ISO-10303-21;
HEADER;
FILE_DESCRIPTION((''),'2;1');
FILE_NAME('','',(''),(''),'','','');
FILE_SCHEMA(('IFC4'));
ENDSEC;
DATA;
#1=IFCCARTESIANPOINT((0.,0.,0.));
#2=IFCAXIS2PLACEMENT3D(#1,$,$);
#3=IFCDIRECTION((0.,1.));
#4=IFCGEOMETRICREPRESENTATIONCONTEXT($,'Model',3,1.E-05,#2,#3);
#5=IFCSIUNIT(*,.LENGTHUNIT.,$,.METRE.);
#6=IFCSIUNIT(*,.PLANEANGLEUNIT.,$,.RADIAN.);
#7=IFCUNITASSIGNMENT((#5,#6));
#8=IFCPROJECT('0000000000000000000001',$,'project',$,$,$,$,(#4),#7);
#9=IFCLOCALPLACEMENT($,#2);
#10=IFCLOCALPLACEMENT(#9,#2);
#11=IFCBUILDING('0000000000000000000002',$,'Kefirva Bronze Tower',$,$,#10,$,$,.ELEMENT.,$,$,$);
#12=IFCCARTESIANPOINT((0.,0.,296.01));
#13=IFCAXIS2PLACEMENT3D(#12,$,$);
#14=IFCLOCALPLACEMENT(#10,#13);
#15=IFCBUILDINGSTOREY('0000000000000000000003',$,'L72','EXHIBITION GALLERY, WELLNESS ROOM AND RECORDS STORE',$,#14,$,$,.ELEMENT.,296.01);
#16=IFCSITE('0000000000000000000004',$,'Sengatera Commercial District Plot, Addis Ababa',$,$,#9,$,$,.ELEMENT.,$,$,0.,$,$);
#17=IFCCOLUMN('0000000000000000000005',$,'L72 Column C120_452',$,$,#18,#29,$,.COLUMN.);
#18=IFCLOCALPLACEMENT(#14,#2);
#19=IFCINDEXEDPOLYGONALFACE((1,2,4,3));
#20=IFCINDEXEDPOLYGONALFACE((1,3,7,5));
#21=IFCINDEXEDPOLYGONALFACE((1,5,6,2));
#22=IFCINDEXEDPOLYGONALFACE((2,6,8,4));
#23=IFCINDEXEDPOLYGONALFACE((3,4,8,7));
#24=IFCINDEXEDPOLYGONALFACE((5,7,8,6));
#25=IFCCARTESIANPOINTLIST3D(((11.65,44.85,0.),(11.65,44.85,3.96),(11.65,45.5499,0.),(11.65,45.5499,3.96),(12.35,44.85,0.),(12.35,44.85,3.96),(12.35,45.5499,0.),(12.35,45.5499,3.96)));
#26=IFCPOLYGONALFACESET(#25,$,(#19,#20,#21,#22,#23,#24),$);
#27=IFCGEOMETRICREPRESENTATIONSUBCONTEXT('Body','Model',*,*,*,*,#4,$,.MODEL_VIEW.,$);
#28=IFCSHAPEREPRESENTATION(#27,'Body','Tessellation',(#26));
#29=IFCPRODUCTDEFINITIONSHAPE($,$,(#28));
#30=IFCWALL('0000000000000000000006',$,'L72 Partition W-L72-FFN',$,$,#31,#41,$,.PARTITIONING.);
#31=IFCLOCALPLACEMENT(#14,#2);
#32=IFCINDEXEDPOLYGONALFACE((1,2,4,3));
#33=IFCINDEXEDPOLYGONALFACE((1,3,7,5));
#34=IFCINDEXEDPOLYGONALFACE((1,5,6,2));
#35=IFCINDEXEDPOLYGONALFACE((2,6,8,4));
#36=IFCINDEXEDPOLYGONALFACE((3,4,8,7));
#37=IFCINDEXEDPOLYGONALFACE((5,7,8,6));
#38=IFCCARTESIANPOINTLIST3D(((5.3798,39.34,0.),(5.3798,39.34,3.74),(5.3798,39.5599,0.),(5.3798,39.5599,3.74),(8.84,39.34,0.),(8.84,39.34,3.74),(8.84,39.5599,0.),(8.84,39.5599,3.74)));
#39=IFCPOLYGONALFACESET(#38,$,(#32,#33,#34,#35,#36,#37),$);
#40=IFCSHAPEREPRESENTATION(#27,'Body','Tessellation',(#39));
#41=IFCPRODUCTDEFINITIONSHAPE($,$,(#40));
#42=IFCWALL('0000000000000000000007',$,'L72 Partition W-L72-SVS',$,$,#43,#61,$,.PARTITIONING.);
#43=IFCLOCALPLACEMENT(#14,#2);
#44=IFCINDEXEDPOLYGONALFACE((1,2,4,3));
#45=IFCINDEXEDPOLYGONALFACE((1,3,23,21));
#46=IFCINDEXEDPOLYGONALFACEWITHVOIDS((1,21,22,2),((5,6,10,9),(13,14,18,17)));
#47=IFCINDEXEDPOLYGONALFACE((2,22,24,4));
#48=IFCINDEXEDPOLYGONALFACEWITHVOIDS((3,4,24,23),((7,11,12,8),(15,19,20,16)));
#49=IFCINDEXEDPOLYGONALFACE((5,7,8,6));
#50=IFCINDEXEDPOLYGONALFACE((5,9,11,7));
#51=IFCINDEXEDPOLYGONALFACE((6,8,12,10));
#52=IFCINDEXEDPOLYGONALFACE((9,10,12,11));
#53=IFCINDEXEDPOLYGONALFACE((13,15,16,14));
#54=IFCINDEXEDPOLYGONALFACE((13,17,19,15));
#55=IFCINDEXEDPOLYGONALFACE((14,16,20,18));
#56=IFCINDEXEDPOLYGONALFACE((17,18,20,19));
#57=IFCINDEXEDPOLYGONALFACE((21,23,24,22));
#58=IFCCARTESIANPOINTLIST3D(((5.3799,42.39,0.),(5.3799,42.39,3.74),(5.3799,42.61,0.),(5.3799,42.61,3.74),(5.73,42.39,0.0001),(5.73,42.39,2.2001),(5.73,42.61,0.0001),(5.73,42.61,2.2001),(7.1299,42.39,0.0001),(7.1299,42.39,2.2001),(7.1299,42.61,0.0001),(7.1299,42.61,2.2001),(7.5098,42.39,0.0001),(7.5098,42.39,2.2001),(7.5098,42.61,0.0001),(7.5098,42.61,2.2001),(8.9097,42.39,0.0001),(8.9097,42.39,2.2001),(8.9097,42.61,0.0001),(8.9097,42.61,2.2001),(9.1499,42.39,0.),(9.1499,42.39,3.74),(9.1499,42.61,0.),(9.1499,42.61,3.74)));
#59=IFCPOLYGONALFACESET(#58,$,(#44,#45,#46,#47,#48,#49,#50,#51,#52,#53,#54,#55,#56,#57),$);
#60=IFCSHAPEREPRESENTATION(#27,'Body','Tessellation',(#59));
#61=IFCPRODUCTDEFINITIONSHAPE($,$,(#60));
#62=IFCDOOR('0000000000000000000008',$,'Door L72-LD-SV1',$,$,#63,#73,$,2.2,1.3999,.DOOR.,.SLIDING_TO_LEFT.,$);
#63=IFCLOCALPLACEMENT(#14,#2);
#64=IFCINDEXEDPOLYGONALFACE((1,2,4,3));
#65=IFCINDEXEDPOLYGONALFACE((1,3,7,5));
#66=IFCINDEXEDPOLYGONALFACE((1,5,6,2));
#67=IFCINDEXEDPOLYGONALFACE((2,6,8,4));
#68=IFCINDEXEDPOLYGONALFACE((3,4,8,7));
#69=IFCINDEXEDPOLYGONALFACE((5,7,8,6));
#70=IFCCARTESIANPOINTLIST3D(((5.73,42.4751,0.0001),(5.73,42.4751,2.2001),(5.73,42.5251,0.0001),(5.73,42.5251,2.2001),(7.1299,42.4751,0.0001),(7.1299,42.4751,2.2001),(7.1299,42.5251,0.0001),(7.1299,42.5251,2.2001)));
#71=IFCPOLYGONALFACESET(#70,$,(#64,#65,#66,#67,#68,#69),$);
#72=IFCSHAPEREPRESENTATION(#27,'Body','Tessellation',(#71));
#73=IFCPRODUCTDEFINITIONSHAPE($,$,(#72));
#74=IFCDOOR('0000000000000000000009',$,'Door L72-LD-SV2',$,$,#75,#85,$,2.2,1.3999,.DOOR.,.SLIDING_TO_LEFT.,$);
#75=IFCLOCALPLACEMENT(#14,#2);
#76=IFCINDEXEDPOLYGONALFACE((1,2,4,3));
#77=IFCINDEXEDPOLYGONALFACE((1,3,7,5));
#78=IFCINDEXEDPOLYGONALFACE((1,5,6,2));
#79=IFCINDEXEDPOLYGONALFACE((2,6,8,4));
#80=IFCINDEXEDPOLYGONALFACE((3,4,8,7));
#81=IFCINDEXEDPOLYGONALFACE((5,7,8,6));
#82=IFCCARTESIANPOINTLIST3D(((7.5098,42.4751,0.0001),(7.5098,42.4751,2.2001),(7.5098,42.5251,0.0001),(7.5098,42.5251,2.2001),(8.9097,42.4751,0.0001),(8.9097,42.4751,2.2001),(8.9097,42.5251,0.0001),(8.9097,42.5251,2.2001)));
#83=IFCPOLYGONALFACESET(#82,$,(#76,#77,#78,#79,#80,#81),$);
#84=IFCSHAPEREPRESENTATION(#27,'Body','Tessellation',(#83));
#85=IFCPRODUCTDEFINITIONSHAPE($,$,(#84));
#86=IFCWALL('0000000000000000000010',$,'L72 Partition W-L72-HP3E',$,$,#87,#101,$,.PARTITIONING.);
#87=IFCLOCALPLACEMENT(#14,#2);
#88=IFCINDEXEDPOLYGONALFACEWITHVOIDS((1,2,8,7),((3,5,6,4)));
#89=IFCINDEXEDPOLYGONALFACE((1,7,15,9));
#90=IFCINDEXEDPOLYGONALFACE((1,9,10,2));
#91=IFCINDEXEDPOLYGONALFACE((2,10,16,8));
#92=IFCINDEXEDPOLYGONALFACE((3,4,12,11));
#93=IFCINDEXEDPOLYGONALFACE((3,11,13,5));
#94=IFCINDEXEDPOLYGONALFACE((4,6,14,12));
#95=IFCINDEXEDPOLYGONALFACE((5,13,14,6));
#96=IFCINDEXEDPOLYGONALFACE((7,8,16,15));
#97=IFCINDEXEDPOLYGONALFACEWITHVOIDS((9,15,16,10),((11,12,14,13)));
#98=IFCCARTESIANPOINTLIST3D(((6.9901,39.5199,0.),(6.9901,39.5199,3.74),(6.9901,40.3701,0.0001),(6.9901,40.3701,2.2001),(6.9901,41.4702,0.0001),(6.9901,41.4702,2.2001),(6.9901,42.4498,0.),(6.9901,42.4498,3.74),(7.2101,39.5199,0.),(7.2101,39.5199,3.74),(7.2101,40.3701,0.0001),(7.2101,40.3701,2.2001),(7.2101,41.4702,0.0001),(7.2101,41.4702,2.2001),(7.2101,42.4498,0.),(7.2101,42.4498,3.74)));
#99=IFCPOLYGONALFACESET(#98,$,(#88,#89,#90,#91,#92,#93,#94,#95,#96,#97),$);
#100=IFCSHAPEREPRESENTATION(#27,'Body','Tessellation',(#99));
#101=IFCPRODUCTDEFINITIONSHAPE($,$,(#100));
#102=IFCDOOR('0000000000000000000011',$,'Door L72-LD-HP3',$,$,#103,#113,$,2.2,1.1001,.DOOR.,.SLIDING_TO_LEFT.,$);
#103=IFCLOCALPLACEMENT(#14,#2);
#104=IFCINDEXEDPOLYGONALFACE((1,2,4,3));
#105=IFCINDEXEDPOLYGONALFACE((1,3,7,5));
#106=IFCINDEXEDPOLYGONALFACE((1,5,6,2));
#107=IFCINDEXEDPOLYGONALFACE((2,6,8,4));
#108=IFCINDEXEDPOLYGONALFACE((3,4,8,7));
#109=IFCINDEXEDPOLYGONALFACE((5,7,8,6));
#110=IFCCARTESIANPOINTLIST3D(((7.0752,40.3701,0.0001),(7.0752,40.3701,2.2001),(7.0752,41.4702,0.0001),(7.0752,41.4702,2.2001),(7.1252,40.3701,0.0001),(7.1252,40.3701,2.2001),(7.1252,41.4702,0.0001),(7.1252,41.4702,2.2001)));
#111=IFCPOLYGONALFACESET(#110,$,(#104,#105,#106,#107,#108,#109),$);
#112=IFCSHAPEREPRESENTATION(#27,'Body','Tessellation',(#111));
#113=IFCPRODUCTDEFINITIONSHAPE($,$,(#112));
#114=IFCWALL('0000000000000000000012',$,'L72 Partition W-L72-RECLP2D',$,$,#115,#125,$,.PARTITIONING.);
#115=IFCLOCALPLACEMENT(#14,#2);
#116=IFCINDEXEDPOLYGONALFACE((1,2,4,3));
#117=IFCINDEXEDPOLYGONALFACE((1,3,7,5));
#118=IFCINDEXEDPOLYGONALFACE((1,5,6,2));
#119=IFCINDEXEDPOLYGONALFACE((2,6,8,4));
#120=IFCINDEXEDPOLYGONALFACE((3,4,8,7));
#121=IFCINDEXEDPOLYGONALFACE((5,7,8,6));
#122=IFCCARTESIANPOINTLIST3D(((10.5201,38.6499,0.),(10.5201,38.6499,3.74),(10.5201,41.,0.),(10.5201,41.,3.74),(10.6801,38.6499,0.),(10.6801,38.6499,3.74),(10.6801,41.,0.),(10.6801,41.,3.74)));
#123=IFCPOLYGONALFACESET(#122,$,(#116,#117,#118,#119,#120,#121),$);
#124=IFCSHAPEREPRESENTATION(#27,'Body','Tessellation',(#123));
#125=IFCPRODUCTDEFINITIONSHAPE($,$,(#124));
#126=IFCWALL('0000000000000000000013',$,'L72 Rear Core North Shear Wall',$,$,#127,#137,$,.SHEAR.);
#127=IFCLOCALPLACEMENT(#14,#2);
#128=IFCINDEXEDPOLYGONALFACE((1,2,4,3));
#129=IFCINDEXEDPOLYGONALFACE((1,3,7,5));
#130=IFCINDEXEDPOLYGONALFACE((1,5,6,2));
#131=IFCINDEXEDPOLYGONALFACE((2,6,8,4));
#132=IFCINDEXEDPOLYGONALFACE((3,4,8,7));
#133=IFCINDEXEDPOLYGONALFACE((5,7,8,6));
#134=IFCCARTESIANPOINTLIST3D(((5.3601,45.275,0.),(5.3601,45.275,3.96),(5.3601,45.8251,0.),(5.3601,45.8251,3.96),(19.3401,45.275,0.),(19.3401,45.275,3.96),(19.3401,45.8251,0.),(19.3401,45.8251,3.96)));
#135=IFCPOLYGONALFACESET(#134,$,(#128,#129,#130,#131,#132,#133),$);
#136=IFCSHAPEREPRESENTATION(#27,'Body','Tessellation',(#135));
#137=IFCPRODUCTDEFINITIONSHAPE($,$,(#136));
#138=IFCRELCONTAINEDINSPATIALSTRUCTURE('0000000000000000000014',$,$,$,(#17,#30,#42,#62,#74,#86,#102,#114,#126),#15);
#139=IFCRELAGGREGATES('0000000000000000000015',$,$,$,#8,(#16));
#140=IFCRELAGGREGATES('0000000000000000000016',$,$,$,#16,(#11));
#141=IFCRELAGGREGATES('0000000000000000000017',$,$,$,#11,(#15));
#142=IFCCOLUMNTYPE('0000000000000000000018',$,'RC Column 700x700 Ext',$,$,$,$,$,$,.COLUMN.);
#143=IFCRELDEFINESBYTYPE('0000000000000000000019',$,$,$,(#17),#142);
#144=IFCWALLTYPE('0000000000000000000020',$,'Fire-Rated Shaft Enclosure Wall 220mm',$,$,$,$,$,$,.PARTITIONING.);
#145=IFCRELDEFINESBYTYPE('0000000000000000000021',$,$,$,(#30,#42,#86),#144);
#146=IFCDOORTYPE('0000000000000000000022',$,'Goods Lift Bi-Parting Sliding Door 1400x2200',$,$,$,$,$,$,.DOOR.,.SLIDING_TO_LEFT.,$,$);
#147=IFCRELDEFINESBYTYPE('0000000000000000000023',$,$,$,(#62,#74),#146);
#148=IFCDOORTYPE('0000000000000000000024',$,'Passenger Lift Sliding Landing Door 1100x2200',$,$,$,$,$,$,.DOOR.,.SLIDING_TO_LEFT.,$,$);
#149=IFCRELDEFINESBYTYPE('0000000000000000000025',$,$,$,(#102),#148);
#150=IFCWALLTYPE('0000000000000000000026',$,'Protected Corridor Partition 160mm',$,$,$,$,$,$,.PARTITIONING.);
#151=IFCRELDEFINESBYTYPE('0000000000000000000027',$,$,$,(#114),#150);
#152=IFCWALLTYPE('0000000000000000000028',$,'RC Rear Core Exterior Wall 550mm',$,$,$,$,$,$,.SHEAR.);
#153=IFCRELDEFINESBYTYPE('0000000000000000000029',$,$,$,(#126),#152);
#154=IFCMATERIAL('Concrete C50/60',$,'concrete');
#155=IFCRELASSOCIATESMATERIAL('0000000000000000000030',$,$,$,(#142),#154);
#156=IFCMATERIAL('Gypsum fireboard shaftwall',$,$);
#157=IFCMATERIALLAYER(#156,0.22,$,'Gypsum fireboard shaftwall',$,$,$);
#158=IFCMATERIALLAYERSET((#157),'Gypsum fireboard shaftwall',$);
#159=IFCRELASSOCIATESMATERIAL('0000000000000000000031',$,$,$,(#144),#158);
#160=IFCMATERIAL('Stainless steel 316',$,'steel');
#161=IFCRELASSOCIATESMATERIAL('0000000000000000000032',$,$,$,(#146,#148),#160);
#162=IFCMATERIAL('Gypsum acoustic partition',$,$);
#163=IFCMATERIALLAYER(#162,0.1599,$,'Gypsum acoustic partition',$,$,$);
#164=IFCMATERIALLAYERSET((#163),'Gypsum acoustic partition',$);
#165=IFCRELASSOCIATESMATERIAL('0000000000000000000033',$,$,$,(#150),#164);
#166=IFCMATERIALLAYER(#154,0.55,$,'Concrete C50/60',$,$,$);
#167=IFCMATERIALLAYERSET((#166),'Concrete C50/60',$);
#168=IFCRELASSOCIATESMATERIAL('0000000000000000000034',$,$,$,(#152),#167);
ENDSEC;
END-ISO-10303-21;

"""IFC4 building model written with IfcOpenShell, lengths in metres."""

from ifc_helpers import new_model, si_unit, direction, frame, frame_2d, origin, origin_2d, place, context, subcontext, project, spatial, rectangle, extrude, material, layer, layer_set, material_profile, profile_set, type_object, element, fill, save


model = new_model("IFC4")

# Units and contexts
model_context = context("Model", 3, precision=1e-05, world=origin(), true_north=direction((0.0, 1.0)))
body_context = subcontext(model_context, "Body", "Model", "MODEL_VIEW")
ifc_project = project(units=[si_unit("LENGTHUNIT", "METRE"), si_unit("PLANEANGLEUNIT", "RADIAN")], contexts=[model_context])

# Site, building, storey
site_placement = place(None, origin())
site = spatial("IfcSite", under=ifc_project, at=site_placement, Name="Sengatera Commercial District Plot, Addis Ababa", CompositionType="ELEMENT", RefElevation=0.0)
building_placement = place(site_placement, origin())
building = spatial("IfcBuilding", under=site, at=building_placement, Name="Kefirva Bronze Tower", CompositionType="ELEMENT")
storey_placement = place(building_placement, frame((0.0, 0.0, 296.01)))
storey = spatial("IfcBuildingStorey", under=building, at=storey_placement, Name="L72", Description="EXHIBITION GALLERY, WELLNESS ROOM AND RECORDS STORE", CompositionType="ELEMENT", Elevation=296.01)

# Column
ifc_material_1 = material(Name="Concrete C50/60", Category="concrete")
ifc_material_profile = material_profile(ifc_material_1, rectangle(XDim=0.7, YDim=0.7, at=origin_2d()), Name="RC 700x700")
ifc_profile_set = profile_set([ifc_material_profile], Name="Concrete C50/60")
column_type = type_object("IfcColumnType", Name="RC Column 700x700 Ext", PredefinedType="COLUMN", material=ifc_profile_set)
column_placement = place(storey_placement, frame((12.0, 45.2, 0.0), z_axis=(0.0, 0.0, 1.0), x_axis=(1.0, 0.0, 0.0)))
element("IfcColumn", 1, at=column_placement, inside=storey, type_object=column_type, Name="L72 Column C120_452", PredefinedType="COLUMN", context=body_context, shape_type="SweptSolid", body=[
    extrude(rectangle(XDim=0.7, YDim=0.7, at=origin_2d()), origin(), (0.0, 0.0, 1.0), 3.96),
])

# Wall
ifc_material_2 = material(Name="Gypsum fireboard shaftwall")
ifc_layer_1 = layer(ifc_material_2, 0.22, Name="Gypsum fireboard shaftwall")
ifc_layer_set_1 = layer_set([ifc_layer_1], Name="Gypsum fireboard shaftwall")
wall_type_1 = type_object("IfcWallType", Name="Fire-Rated Shaft Enclosure Wall 220mm", PredefinedType="PARTITIONING", material=ifc_layer_set_1)
wall_1_placement = place(storey_placement, frame((5.3799, 39.45, 0.0), z_axis=(0.0, 0.0, 1.0), x_axis=(1.0, 0.0, 0.0)))
element("IfcWall", 2, at=wall_1_placement, inside=storey, type_object=wall_type_1, Name="L72 Partition W-L72-FFN", PredefinedType="PARTITIONING", context=body_context, shape_type="SweptSolid", body=[
    extrude(rectangle(XDim=3.4602, YDim=0.22, at=frame_2d((1.73, 0.0))), origin(), (0.0, 0.0, 1.0), 3.74),
])

# Wall, openings, doors
wall_2_placement = place(storey_placement, frame((5.3799, 42.5, 0.0), z_axis=(0.0, 0.0, 1.0), x_axis=(1.0, 0.0, 0.0)))
wall_2 = element("IfcWall", 3, at=wall_2_placement, inside=storey, type_object=wall_type_1, Name="L72 Partition W-L72-SVS", PredefinedType="PARTITIONING", context=body_context, shape_type="SweptSolid", body=[
    extrude(rectangle(XDim=3.77, YDim=0.22, at=frame_2d((1.885, 0.0))), origin(), (0.0, 0.0, 1.0), 3.74),
])
opening_1_placement = place(wall_2_placement, frame((1.75, 0.0, 0.0), z_axis=(0.0, 0.0, 1.0), x_axis=(-1.0, 0.0, 0.0)))
opening_1 = element("IfcOpeningElement", 4, at=opening_1_placement, cuts=wall_2, PredefinedType="OPENING", context=body_context, shape_type="SweptSolid", body=[
    extrude(rectangle(XDim=1.3999, YDim=2.2, at=frame_2d((0.7, 1.1001))), frame((0.0, 0.1201, 0.0), z_axis=(0.0, -1.0, 0.0), x_axis=(1.0, 0.0, 0.0)), (0.0, 0.0, 1.0), 0.24),
])
opening_2_placement = place(wall_2_placement, frame((3.5298, 0.0, 0.0), z_axis=(0.0, 0.0, 1.0), x_axis=(-1.0, 0.0, 0.0)))
opening_2 = element("IfcOpeningElement", 5, at=opening_2_placement, cuts=wall_2, PredefinedType="OPENING", context=body_context, shape_type="SweptSolid", body=[
    extrude(rectangle(XDim=1.3999, YDim=2.2, at=frame_2d((0.7, 1.1001))), frame((0.0, 0.1201, 0.0), z_axis=(0.0, -1.0, 0.0), x_axis=(1.0, 0.0, 0.0)), (0.0, 0.0, 1.0), 0.24),
])
ifc_material_3 = material(Name="Stainless steel 316", Category="steel")
door_type_1 = type_object("IfcDoorType", Name="Goods Lift Bi-Parting Sliding Door 1400x2200", OperationType="SLIDING_TO_LEFT", PredefinedType="DOOR", material=ifc_material_3)
door_1_placement = place(opening_1_placement, origin())
door_1 = element("IfcDoor", 6, at=door_1_placement, inside=storey, type_object=door_type_1, Name="Door L72-LD-SV1", OperationType="SLIDING_TO_LEFT", OverallHeight=2.2, OverallWidth=1.3999, PredefinedType="DOOR", context=body_context, shape_type="SweptSolid", body=[
    extrude(rectangle(XDim=1.3999, YDim=2.2, at=frame_2d((0.7, 1.1001))), frame((0.0, 0.0249, 0.0), z_axis=(0.0, -1.0, 0.0), x_axis=(1.0, 0.0, 0.0)), (0.0, 0.0, 1.0), 0.05),
])
fill(opening_1, door_1)
door_2_placement = place(opening_2_placement, origin())
door_2 = element("IfcDoor", 7, at=door_2_placement, inside=storey, type_object=door_type_1, Name="Door L72-LD-SV2", OperationType="SLIDING_TO_LEFT", OverallHeight=2.2, OverallWidth=1.3999, PredefinedType="DOOR", context=body_context, shape_type="SweptSolid", body=[
    extrude(rectangle(XDim=1.3999, YDim=2.2, at=frame_2d((0.7, 1.1001))), frame((0.0, 0.0249, 0.0), z_axis=(0.0, -1.0, 0.0), x_axis=(1.0, 0.0, 0.0)), (0.0, 0.0, 1.0), 0.05),
])
fill(opening_2, door_2)

# Wall, opening, door
wall_3_placement = place(storey_placement, frame((7.1001, 39.52, 0.0), z_axis=(0.0, 0.0, 1.0), x_axis=(0.0, 1.0, 0.0)))
wall_3 = element("IfcWall", 8, at=wall_3_placement, inside=storey, type_object=wall_type_1, Name="L72 Partition W-L72-HP3E", PredefinedType="PARTITIONING", context=body_context, shape_type="SweptSolid", body=[
    extrude(rectangle(XDim=2.9299, YDim=0.22, at=frame_2d((1.4648, 0.0))), origin(), (0.0, 0.0, 1.0), 3.74),
])
opening_3_placement = place(wall_3_placement, frame((0.8501, 0.0, 0.0)))
opening_3 = element("IfcOpeningElement", 9, at=opening_3_placement, cuts=wall_3, PredefinedType="OPENING", context=body_context, shape_type="SweptSolid", body=[
    extrude(rectangle(XDim=1.1001, YDim=2.2, at=frame_2d((0.55, 1.1001))), frame((0.0, 0.1201, 0.0), z_axis=(0.0, -1.0, 0.0), x_axis=(1.0, 0.0, 0.0)), (0.0, 0.0, 1.0), 0.24),
])
door_type_2 = type_object("IfcDoorType", Name="Passenger Lift Sliding Landing Door 1100x2200", OperationType="SLIDING_TO_LEFT", PredefinedType="DOOR", material=ifc_material_3)
door_3_placement = place(opening_3_placement, origin())
door_3 = element("IfcDoor", 10, at=door_3_placement, inside=storey, type_object=door_type_2, Name="Door L72-LD-HP3", OperationType="SLIDING_TO_LEFT", OverallHeight=2.2, OverallWidth=1.1001, PredefinedType="DOOR", context=body_context, shape_type="SweptSolid", body=[
    extrude(rectangle(XDim=1.1001, YDim=2.2, at=frame_2d((0.55, 1.1001))), frame((0.0, 0.0249, 0.0), z_axis=(0.0, -1.0, 0.0), x_axis=(1.0, 0.0, 0.0)), (0.0, 0.0, 1.0), 0.05),
])
fill(opening_3, door_3)

# Shared definitions
ifc_material_4 = material(Name="Gypsum acoustic partition")
ifc_layer_2 = layer(ifc_material_4, 0.1599, Name="Gypsum acoustic partition")
ifc_layer_set_2 = layer_set([ifc_layer_2], Name="Gypsum acoustic partition")
wall_type_2 = type_object("IfcWallType", Name="Protected Corridor Partition 160mm", PredefinedType="PARTITIONING", material=ifc_layer_set_2)

# Walls
wall_4_placement = place(storey_placement, frame((10.6001, 38.6499, 0.0), z_axis=(0.0, 0.0, 1.0), x_axis=(0.0, 1.0, 0.0)))
element("IfcWall", 11, at=wall_4_placement, inside=storey, type_object=wall_type_2, Name="L72 Partition W-L72-RECLP2D", PredefinedType="PARTITIONING", context=body_context, shape_type="SweptSolid", body=[
    extrude(rectangle(XDim=2.3501, YDim=0.1599, at=frame_2d((1.175, 0.0))), origin(), (0.0, 0.0, 1.0), 3.74),
])
ifc_layer_3 = layer(ifc_material_1, 0.55, Name="Concrete C50/60")
ifc_layer_set_3 = layer_set([ifc_layer_3], Name="Concrete C50/60")
wall_type_3 = type_object("IfcWallType", Name="RC Rear Core Exterior Wall 550mm", PredefinedType="SHEAR", material=ifc_layer_set_3)
wall_5_placement = place(storey_placement, frame((5.3601, 45.55, 0.0), z_axis=(0.0, 0.0, 1.0), x_axis=(1.0, 0.0, 0.0)))
element("IfcWall", 12, at=wall_5_placement, inside=storey, type_object=wall_type_3, Name="L72 Rear Core North Shear Wall", PredefinedType="SHEAR", context=body_context, shape_type="SweptSolid", body=[
    extrude(rectangle(XDim=13.98, YDim=0.55, at=frame_2d((6.99, 0.0))), origin(), (0.0, 0.0, 1.0), 3.96),
])

save(model, "model.ifc")
